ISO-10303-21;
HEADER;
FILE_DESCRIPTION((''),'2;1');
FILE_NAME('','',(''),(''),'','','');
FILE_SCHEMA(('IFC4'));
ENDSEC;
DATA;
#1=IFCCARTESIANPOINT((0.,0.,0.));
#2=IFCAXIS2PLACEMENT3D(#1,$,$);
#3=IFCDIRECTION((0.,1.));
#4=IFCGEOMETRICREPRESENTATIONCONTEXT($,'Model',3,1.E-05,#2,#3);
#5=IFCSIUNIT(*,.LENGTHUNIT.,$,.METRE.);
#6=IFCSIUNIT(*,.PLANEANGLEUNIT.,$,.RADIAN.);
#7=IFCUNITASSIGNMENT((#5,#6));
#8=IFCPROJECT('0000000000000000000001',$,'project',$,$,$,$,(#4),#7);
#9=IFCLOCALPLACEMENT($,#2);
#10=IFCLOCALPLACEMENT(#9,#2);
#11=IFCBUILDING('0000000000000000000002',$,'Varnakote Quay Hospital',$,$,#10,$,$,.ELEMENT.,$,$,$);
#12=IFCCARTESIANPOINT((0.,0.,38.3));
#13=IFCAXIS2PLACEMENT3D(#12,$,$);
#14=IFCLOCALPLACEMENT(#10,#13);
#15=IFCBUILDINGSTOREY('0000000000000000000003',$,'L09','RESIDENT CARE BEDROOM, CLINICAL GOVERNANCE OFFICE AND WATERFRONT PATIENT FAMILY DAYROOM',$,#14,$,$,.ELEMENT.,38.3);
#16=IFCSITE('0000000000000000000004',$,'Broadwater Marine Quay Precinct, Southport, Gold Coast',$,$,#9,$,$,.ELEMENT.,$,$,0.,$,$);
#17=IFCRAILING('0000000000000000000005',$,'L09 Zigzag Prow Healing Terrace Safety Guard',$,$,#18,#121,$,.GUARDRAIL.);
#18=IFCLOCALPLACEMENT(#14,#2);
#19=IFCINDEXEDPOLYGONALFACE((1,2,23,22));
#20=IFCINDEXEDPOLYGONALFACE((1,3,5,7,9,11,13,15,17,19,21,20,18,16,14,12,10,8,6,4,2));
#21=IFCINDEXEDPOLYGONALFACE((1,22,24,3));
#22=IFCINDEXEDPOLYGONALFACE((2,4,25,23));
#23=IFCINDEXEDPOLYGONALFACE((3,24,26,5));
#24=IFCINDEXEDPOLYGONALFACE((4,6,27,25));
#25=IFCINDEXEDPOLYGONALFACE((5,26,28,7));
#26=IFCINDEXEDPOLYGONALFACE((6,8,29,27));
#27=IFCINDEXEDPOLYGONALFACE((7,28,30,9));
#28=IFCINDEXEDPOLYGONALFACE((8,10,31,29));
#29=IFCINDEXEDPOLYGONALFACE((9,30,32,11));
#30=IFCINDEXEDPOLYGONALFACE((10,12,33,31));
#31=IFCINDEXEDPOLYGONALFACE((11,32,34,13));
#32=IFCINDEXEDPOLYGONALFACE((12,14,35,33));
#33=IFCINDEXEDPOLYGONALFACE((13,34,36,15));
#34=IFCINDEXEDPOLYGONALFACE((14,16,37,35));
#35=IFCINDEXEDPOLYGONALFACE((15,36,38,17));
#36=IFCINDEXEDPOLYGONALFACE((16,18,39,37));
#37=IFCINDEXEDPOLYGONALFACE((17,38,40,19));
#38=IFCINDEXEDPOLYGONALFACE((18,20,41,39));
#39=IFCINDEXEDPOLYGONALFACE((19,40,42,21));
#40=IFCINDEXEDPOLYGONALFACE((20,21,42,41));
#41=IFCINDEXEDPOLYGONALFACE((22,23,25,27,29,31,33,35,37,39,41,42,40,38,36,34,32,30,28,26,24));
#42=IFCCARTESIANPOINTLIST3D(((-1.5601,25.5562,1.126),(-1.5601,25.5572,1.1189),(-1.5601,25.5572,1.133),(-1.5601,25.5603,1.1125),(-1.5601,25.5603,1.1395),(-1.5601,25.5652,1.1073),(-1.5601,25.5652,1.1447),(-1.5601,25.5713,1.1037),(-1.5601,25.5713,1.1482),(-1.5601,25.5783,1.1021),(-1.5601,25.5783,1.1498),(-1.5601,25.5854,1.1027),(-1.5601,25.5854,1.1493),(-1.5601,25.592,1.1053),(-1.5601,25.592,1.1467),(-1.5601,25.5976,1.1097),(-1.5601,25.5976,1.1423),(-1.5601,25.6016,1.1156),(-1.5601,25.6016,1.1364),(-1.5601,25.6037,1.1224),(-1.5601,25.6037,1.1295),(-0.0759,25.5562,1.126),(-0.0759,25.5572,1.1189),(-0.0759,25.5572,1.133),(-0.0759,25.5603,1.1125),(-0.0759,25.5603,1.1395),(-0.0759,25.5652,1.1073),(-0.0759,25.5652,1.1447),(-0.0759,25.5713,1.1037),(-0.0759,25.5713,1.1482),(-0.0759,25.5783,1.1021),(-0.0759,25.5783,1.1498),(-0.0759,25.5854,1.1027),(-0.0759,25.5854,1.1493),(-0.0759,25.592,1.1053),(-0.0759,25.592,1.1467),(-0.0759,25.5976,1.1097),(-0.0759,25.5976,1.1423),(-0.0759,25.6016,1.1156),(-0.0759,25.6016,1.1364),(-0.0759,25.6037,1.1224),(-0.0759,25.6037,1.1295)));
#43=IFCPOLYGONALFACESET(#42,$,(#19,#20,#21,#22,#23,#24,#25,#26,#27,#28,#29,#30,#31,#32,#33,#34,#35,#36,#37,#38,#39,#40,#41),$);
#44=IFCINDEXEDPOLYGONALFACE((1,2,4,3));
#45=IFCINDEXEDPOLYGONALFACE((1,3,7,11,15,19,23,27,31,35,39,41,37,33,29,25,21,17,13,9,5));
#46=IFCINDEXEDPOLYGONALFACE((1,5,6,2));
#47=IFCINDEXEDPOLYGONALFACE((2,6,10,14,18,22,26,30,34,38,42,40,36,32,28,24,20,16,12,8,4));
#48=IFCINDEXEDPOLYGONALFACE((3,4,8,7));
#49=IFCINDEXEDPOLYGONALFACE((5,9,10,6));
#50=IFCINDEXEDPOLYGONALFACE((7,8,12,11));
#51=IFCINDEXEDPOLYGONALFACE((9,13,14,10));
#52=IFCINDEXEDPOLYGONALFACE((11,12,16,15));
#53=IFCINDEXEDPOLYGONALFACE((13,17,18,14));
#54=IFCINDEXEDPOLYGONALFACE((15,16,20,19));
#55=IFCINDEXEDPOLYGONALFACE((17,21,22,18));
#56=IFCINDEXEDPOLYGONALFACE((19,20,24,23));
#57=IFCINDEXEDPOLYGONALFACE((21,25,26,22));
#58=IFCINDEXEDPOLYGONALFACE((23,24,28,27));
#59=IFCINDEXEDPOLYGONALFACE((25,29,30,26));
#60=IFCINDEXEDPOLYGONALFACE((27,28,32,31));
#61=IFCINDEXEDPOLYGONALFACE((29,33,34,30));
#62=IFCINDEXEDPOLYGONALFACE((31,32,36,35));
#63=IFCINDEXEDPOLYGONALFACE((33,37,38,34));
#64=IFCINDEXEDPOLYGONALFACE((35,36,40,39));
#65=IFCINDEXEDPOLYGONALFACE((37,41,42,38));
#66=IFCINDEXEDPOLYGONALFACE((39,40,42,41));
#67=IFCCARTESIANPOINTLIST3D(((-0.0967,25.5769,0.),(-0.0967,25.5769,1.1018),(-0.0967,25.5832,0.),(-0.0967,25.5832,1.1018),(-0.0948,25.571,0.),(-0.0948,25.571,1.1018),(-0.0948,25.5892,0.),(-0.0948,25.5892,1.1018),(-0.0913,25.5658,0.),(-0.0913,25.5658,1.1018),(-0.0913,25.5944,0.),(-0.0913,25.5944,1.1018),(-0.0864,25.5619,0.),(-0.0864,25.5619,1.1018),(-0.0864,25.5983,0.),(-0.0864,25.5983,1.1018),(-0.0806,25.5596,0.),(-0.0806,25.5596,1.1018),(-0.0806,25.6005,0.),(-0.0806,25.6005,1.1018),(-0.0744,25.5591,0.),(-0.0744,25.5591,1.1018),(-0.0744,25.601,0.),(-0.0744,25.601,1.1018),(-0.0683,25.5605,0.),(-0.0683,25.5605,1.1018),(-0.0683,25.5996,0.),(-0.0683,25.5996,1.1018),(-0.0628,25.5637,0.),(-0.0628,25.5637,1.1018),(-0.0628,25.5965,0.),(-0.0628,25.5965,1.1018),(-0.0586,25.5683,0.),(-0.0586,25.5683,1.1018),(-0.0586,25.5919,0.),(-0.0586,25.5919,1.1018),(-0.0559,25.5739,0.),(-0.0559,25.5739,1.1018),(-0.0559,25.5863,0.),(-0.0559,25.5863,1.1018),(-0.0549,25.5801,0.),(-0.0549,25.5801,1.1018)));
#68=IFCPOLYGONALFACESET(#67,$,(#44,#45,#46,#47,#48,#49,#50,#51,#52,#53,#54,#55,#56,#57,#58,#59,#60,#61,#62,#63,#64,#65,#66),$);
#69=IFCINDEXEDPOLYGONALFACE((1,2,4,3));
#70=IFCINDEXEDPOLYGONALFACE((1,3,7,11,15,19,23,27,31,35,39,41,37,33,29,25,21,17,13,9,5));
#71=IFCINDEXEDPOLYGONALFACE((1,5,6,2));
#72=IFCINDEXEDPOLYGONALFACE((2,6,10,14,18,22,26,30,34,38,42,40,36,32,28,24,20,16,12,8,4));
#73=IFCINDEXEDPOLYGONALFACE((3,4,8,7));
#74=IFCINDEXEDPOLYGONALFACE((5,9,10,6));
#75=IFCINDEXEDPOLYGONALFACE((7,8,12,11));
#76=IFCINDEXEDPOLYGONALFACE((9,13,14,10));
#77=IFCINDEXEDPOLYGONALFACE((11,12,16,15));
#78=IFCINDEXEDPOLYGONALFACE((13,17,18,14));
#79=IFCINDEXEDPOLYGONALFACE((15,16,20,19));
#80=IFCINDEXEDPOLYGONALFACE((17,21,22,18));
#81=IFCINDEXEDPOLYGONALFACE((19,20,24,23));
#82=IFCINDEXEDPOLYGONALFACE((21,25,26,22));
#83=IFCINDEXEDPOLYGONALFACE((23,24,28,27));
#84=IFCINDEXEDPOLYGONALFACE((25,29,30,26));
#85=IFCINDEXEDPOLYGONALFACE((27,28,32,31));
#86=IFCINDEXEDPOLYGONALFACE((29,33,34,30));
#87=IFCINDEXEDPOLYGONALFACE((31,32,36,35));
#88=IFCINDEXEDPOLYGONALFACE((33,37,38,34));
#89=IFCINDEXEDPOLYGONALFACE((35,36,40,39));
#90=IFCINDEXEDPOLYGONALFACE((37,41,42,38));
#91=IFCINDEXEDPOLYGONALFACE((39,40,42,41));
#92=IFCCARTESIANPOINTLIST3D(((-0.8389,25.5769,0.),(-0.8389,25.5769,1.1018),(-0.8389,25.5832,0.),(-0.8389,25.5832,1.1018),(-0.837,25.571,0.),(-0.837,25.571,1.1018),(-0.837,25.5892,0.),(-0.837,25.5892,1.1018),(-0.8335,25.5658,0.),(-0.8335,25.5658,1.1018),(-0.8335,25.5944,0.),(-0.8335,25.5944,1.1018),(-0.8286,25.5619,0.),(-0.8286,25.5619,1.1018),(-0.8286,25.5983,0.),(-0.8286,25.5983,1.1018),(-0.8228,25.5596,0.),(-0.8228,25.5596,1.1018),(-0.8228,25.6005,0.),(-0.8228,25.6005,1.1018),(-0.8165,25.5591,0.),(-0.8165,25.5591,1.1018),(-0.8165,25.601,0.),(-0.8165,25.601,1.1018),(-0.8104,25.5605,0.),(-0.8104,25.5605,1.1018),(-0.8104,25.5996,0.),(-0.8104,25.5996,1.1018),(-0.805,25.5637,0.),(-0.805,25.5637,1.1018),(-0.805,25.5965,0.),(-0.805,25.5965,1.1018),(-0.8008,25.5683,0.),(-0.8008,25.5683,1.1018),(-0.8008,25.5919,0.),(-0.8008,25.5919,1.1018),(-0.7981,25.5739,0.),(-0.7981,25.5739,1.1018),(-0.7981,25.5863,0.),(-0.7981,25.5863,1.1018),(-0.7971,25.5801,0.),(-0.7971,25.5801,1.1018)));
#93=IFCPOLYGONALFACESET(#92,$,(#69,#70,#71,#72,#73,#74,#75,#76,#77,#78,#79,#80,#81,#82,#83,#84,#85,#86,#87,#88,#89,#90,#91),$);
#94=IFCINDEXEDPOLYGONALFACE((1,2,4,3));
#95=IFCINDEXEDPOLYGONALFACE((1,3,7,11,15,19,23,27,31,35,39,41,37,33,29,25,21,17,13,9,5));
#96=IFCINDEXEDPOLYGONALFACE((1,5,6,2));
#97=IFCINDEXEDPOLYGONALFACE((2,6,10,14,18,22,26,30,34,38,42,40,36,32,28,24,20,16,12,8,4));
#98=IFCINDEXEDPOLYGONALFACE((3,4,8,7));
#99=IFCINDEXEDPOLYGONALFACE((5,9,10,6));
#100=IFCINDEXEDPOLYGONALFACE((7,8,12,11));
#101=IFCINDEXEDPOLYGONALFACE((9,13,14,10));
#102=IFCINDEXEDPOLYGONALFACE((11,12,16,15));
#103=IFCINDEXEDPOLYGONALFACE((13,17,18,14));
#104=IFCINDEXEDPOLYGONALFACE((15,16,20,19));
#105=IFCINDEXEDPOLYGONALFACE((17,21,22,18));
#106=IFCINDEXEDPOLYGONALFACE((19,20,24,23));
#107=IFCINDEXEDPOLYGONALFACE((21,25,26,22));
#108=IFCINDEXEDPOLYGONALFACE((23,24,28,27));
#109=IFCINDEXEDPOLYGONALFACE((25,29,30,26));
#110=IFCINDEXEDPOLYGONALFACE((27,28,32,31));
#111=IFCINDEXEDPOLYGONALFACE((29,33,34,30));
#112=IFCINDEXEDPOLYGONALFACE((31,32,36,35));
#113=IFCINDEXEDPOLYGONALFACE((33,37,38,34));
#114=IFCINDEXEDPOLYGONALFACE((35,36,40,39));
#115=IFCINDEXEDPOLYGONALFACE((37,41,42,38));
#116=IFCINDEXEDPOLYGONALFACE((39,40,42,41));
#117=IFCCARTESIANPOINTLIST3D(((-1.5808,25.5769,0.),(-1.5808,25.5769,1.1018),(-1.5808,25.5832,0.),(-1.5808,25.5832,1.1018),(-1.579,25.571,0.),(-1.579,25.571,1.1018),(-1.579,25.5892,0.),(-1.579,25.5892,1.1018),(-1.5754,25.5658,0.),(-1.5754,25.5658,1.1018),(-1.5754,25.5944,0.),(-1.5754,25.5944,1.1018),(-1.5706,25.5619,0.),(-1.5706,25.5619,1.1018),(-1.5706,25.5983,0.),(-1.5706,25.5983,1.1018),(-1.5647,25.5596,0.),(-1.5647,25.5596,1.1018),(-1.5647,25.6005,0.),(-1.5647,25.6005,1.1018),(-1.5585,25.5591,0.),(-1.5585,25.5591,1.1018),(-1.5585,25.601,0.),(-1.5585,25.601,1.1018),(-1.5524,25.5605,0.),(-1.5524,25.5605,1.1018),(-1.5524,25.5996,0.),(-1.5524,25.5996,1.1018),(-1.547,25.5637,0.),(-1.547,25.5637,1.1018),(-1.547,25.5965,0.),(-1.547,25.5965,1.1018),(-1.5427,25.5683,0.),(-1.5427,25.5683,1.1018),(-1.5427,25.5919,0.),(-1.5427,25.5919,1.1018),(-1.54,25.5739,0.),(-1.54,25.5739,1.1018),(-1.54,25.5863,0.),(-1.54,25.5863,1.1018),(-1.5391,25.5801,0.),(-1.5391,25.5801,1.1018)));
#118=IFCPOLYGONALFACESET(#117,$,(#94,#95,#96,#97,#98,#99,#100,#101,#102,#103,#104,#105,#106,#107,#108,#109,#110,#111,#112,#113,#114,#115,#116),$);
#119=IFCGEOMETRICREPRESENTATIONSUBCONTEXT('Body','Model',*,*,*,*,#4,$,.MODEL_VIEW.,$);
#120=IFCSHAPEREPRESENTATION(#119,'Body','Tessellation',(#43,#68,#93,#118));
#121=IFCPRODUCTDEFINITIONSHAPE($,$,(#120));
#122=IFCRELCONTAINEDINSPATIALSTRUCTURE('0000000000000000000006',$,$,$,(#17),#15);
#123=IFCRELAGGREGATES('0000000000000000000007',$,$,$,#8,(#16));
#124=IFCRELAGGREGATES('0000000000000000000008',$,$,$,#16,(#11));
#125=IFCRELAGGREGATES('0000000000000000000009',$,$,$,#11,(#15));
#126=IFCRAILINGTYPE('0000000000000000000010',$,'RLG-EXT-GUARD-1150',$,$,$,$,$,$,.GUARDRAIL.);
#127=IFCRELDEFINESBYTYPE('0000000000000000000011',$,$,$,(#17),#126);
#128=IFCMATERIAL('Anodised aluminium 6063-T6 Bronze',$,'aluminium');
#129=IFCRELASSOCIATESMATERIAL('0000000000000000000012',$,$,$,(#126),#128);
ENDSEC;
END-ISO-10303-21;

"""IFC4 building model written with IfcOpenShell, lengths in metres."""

from ifc_helpers import new_model, si_unit, direction, frame, origin, origin_2d, place, context, subcontext, project, spatial, circle, extrude, material, type_object, element, save


model = new_model("IFC4")

# Units and contexts
model_context = context("Model", 3, precision=1e-05, world=origin(), true_north=direction((0.0, 1.0)))
body_context = subcontext(model_context, "Body", "Model", "MODEL_VIEW")
ifc_project = project(units=[si_unit("LENGTHUNIT", "METRE"), si_unit("PLANEANGLEUNIT", "RADIAN")], contexts=[model_context])

# Site, building, storey
site_placement = place(None, origin())
site = spatial("IfcSite", under=ifc_project, at=site_placement, Name="Broadwater Marine Quay Precinct, Southport, Gold Coast", CompositionType="ELEMENT", RefElevation=0.0)
building_placement = place(site_placement, origin())
building = spatial("IfcBuilding", under=site, at=building_placement, Name="Varnakote Quay Hospital", CompositionType="ELEMENT")
storey_placement = place(building_placement, frame((0.0, 0.0, 38.3)))
storey = spatial("IfcBuildingStorey", under=building, at=storey_placement, Name="L09", Description="RESIDENT CARE BEDROOM, CLINICAL GOVERNANCE OFFICE AND WATERFRONT PATIENT FAMILY DAYROOM", CompositionType="ELEMENT", Elevation=38.3)

# Railing
ifc_material_1 = material(Name="Anodised aluminium 6063-T6 Bronze", Category="aluminium")
railing_type = type_object("IfcRailingType", Name="RLG-EXT-GUARD-1150", PredefinedType="GUARDRAIL", material=ifc_material_1)
railing_1_placement = place(storey_placement, frame((-0.0759, 25.5801, 0.0)))
element("IfcRailing", 1, at=railing_1_placement, inside=storey, type_object=railing_type, Name="L09 Zigzag Prow Healing Terrace Safety Guard", PredefinedType="GUARDRAIL", context=body_context, shape_type="SweptSolid", body=[
    extrude(circle(Radius=0.0239, at=origin_2d()), frame((0.0, 0.0, 1.126), z_axis=(-1.0, 0.0, 0.0), x_axis=(0.0, -1.0, 0.0)), (0.0, 0.0, 1.0), 1.4841),
    extrude(circle(Radius=0.021, at=origin_2d()), origin(), (0.0, 0.0, 1.0), 1.1018),
    extrude(circle(Radius=0.021, at=origin_2d()), frame((-0.7422, 0.0, 0.0)), (0.0, 0.0, 1.0), 1.1018),
    extrude(circle(Radius=0.021, at=origin_2d()), frame((-1.4841, 0.0, 0.0)), (0.0, 0.0, 1.0), 1.1018),
])

save(model, "model.ifc")
